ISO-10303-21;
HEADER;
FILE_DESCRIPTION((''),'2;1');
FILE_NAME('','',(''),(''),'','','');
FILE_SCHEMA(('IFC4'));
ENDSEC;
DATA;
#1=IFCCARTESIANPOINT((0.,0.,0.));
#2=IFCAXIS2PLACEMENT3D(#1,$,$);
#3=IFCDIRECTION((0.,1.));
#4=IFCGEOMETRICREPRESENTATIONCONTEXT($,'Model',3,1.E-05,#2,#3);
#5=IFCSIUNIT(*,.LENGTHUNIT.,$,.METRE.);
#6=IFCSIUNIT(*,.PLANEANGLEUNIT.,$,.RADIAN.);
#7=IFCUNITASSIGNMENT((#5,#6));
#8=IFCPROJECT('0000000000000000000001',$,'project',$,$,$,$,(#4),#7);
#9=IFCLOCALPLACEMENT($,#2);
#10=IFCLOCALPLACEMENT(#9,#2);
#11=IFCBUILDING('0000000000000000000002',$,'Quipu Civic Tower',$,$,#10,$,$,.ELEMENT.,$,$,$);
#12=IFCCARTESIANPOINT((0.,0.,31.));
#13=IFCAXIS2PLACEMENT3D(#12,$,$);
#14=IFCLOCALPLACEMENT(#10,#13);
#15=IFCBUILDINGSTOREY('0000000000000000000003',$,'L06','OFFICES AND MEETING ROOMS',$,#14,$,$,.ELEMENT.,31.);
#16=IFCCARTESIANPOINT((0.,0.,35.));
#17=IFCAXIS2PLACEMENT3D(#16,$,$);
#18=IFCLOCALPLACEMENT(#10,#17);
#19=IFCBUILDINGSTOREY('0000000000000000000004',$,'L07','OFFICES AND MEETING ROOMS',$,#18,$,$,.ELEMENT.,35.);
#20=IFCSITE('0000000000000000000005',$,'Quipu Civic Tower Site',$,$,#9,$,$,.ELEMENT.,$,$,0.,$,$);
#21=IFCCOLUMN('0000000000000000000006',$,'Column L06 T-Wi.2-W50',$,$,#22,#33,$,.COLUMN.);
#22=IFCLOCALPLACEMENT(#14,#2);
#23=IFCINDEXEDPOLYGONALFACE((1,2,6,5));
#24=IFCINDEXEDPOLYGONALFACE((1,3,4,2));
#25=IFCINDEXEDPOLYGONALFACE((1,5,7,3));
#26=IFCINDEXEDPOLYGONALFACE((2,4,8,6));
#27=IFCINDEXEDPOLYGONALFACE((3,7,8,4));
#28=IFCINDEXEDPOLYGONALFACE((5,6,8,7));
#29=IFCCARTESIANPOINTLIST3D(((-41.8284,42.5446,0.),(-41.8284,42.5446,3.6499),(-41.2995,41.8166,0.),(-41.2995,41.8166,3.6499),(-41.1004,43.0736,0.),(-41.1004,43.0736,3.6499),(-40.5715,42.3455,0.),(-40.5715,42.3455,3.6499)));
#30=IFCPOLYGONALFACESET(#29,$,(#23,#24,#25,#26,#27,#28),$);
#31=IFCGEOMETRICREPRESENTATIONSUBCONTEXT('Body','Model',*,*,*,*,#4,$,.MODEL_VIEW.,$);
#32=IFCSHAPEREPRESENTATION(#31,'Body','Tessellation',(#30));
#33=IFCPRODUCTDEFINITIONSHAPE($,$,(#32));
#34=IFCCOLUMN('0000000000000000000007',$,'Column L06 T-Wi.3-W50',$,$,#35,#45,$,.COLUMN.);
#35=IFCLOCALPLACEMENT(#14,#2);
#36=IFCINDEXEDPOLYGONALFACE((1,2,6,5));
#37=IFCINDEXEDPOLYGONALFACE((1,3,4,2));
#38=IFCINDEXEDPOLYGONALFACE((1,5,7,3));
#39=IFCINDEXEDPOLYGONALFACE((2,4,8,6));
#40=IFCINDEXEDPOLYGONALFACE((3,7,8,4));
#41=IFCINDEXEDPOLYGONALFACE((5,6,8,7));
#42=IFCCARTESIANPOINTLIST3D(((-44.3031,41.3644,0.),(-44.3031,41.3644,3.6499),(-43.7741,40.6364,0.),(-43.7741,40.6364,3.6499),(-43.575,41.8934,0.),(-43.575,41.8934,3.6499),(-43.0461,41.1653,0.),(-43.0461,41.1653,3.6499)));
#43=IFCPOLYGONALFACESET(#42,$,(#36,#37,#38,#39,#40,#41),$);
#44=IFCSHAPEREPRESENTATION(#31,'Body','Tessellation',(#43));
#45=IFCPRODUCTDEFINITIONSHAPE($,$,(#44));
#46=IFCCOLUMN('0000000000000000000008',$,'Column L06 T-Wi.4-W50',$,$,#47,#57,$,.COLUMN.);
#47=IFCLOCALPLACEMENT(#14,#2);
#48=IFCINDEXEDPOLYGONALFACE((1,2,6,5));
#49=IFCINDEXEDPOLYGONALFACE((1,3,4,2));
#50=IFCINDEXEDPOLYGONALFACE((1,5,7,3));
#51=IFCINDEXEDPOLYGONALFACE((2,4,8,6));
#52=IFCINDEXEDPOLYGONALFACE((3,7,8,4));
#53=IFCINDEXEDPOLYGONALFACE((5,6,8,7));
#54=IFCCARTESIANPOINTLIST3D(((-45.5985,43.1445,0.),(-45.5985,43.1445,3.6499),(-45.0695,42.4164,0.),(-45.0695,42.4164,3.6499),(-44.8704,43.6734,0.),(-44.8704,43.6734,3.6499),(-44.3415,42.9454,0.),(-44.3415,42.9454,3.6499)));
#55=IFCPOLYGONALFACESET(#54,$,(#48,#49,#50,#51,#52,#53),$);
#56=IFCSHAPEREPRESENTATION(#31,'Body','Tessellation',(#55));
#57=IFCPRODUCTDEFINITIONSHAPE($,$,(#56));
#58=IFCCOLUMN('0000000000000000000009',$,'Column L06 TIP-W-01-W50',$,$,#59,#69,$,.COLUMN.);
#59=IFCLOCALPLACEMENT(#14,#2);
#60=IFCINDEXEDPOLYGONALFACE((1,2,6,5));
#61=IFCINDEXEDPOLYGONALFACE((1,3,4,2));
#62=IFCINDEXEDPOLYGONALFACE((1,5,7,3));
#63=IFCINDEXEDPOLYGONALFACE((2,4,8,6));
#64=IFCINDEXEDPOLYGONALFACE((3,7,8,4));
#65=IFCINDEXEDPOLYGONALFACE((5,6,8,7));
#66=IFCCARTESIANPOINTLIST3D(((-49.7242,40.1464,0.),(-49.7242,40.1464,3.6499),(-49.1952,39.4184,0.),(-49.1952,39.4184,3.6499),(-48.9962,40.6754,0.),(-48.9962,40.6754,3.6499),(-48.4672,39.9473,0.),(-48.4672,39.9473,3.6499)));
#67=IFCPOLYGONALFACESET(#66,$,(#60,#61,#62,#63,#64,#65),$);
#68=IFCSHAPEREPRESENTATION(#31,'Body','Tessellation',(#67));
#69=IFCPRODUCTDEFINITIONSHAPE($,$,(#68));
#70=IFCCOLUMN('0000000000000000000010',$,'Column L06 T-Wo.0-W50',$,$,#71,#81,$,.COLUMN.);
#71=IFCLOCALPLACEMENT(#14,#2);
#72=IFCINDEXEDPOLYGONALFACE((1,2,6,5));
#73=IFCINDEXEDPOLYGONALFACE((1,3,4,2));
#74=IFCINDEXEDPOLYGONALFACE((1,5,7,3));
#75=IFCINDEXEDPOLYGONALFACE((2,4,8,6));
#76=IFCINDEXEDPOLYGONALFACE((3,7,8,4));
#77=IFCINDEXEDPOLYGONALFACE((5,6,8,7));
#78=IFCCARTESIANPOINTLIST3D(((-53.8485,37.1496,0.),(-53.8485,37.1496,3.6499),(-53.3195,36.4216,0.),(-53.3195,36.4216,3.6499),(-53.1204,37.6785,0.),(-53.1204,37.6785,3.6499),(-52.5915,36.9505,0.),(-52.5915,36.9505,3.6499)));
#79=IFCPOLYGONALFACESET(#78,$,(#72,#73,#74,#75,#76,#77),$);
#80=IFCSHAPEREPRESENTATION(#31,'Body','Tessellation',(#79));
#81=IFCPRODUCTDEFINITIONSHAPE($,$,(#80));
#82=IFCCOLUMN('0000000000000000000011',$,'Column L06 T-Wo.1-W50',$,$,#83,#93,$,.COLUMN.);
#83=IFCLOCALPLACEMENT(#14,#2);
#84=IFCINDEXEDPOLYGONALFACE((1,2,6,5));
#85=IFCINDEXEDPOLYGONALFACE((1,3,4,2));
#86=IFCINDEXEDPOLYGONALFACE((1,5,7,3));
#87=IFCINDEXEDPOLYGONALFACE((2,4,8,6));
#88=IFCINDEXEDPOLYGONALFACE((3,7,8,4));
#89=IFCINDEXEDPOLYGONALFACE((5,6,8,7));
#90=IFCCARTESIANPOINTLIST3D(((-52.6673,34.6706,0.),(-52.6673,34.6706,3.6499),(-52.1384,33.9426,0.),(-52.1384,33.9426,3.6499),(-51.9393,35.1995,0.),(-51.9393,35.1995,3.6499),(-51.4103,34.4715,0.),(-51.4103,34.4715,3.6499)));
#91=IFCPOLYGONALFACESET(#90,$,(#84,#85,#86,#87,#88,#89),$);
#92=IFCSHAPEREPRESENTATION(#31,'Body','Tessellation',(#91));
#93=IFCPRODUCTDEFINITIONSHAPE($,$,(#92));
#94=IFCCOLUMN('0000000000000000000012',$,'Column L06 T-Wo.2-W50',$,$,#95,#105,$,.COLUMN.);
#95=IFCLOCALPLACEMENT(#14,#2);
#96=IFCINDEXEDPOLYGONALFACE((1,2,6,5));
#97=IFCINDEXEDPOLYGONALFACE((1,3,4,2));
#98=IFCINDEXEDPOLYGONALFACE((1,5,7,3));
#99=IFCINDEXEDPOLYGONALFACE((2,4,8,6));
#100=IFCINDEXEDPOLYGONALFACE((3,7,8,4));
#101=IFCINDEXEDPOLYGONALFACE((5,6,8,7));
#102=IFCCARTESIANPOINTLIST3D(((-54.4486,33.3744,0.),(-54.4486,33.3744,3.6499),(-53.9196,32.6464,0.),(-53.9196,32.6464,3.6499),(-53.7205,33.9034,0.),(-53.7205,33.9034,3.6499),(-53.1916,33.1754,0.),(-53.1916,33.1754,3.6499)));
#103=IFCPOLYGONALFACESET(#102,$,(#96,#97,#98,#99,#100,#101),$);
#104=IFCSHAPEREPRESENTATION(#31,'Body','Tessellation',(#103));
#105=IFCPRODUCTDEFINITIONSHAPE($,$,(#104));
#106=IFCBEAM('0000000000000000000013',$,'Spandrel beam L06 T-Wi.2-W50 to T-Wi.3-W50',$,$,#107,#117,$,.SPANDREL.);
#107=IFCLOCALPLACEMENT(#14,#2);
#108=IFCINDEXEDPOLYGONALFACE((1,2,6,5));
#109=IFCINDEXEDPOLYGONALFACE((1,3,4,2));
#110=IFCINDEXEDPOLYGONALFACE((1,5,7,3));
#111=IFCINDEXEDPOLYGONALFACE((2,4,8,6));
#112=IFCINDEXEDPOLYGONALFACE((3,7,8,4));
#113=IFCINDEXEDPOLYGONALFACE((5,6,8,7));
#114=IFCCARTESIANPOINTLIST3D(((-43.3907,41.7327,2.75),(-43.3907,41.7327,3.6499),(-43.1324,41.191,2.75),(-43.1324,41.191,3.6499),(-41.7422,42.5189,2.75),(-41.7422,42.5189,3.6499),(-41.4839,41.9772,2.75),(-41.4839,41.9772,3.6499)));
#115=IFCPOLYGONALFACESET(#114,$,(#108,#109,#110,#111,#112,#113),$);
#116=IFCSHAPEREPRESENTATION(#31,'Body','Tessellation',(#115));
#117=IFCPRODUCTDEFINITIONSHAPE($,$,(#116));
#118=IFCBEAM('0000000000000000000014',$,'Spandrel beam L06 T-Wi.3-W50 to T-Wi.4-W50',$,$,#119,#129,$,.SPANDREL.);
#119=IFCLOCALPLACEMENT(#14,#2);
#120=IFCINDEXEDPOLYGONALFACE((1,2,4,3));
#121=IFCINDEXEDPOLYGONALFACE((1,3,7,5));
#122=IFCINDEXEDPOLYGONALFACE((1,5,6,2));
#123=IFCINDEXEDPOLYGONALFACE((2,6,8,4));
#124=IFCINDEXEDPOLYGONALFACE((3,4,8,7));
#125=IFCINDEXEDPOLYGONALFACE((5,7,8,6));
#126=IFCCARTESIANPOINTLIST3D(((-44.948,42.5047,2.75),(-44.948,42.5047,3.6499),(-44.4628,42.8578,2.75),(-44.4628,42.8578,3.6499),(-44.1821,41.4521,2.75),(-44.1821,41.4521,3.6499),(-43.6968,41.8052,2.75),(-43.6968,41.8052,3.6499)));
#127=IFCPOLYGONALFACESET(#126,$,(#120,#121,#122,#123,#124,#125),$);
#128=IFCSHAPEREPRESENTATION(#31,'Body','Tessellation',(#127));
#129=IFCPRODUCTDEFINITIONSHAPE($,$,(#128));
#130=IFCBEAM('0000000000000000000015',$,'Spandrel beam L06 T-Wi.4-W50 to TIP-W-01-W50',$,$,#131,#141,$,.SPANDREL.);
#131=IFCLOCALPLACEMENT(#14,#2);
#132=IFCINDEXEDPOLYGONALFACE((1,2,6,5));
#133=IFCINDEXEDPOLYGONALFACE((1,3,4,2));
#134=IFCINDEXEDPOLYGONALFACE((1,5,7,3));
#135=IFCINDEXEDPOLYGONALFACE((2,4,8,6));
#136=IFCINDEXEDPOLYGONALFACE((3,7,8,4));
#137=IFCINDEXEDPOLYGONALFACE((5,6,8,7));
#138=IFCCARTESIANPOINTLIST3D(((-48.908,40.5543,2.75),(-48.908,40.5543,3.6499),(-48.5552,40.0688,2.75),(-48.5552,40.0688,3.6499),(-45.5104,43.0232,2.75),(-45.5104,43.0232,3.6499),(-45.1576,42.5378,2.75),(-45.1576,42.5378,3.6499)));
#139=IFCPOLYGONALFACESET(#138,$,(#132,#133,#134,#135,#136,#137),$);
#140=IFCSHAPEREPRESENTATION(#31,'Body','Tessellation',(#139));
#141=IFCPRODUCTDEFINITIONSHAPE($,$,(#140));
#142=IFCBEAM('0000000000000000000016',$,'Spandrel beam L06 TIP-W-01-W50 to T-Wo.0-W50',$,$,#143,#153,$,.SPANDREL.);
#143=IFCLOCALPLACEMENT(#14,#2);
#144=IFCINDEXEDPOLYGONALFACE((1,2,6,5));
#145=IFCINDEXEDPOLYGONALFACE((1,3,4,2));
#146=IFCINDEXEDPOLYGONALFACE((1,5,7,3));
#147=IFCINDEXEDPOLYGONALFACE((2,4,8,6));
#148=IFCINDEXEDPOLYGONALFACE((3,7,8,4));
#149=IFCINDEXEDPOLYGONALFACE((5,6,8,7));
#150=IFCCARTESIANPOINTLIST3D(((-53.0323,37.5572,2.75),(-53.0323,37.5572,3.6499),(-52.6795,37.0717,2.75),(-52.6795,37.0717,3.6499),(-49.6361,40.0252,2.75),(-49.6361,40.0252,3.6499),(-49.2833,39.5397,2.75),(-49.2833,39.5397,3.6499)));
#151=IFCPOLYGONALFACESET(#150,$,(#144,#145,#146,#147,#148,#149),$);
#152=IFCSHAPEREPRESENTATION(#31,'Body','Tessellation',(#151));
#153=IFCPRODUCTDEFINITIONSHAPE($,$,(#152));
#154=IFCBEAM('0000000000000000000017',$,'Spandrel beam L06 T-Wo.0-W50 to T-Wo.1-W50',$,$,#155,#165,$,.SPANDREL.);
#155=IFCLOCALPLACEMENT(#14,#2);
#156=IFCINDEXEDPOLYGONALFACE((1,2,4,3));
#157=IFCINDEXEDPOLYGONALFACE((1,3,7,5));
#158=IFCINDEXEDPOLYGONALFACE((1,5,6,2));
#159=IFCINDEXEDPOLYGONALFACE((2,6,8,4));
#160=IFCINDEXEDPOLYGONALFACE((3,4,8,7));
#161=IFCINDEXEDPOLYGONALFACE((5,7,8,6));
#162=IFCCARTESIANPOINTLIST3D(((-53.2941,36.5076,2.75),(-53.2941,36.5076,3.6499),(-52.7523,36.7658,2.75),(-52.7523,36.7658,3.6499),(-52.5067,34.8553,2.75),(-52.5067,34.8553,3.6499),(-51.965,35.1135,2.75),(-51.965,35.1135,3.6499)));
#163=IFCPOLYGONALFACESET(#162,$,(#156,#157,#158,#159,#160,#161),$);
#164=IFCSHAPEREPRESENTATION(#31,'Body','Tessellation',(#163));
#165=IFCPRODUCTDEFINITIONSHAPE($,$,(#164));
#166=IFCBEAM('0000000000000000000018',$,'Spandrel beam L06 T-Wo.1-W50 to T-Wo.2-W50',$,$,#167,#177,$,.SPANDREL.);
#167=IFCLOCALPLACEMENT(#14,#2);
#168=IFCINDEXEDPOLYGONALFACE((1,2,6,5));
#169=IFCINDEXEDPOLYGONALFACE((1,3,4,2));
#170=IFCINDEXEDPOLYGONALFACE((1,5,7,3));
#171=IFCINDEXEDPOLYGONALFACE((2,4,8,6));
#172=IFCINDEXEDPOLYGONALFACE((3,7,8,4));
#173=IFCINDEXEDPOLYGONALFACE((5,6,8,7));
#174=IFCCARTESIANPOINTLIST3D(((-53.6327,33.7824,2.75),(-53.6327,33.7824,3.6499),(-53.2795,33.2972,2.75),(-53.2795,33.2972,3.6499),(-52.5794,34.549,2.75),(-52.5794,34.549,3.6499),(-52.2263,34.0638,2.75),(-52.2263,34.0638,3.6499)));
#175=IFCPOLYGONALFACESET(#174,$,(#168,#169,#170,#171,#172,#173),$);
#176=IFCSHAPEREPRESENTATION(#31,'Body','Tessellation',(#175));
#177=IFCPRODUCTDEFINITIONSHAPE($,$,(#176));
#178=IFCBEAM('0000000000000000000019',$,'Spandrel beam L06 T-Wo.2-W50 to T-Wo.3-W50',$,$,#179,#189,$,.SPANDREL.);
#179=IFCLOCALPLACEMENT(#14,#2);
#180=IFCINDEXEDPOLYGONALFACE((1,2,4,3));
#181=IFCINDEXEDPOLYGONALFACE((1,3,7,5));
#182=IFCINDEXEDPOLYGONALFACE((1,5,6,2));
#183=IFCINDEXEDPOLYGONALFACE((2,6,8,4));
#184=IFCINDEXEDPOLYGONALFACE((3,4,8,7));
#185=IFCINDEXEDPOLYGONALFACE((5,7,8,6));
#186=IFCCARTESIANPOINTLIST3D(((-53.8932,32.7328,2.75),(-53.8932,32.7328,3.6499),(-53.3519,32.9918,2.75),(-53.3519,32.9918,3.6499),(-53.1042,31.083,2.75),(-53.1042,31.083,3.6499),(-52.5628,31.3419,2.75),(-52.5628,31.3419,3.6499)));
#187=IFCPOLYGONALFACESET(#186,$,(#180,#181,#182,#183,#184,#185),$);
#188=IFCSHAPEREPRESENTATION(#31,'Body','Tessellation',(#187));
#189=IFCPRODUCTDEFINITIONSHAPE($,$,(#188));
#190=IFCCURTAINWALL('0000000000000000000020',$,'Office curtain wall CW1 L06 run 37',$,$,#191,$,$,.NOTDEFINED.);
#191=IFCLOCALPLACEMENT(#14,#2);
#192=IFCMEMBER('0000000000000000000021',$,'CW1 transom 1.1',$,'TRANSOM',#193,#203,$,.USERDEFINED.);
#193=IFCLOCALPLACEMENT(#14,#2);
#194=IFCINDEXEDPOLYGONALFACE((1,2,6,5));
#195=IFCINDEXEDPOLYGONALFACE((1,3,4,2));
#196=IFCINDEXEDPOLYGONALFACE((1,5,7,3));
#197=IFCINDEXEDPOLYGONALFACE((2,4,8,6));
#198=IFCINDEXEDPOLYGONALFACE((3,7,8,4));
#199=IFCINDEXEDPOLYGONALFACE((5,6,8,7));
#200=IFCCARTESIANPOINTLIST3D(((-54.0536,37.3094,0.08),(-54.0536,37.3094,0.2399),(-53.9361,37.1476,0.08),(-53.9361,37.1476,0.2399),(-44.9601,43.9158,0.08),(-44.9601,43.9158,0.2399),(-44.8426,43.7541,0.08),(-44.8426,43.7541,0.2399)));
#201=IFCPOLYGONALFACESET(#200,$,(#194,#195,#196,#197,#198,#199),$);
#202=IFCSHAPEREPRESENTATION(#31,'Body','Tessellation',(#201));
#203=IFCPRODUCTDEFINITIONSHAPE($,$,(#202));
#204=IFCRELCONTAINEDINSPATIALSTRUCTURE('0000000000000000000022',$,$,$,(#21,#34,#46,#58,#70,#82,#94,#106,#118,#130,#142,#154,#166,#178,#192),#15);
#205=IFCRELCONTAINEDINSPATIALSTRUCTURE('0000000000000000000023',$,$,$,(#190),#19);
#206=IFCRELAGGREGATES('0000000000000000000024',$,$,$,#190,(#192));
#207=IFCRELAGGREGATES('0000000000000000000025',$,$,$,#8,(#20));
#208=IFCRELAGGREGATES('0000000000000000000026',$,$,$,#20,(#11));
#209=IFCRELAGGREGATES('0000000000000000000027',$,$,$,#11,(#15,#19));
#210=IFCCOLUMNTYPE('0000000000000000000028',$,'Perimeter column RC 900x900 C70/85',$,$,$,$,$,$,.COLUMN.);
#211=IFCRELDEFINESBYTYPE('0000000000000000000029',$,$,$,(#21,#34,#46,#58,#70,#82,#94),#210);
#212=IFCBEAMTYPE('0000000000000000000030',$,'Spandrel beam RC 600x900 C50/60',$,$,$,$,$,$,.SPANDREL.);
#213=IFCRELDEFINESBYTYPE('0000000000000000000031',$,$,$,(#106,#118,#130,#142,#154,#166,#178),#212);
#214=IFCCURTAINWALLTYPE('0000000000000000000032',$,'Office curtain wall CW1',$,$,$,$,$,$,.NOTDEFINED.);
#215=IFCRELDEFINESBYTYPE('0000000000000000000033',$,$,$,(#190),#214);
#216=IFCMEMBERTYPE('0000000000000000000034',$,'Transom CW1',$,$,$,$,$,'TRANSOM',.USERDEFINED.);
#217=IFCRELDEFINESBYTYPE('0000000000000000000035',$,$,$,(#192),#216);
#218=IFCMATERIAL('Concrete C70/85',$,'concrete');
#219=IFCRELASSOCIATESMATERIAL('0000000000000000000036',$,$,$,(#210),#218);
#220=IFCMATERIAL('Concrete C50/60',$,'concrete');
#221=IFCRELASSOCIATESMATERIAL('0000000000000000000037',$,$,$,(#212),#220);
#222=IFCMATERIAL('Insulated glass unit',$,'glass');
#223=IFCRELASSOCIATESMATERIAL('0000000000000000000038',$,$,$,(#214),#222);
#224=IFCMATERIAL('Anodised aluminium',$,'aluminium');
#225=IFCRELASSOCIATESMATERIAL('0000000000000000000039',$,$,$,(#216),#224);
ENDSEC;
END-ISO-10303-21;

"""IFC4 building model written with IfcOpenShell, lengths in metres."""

from ifc_helpers import new_model, si_unit, direction, frame, origin, origin_2d, place, context, subcontext, project, spatial, rectangle, extrude, material, material_profile, profile_set, type_object, element, aggregate, save


model = new_model("IFC4")

# Units and contexts
model_context = context("Model", 3, precision=1e-05, world=origin(), true_north=direction((0.0, 1.0)))
body_context = subcontext(model_context, "Body", "Model", "MODEL_VIEW")
ifc_project = project(units=[si_unit("LENGTHUNIT", "METRE"), si_unit("PLANEANGLEUNIT", "RADIAN")], contexts=[model_context])

# Site, building, storey
site_placement = place(None, origin())
site = spatial("IfcSite", under=ifc_project, at=site_placement, Name="Quipu Civic Tower Site", CompositionType="ELEMENT", RefElevation=0.0)
building_placement = place(site_placement, origin())
building = spatial("IfcBuilding", under=site, at=building_placement, Name="Quipu Civic Tower", CompositionType="ELEMENT")
storey_1_placement = place(building_placement, frame((0.0, 0.0, 31.0)))
storey_1 = spatial("IfcBuildingStorey", under=building, at=storey_1_placement, Name="L06", Description="OFFICES AND MEETING ROOMS", CompositionType="ELEMENT", Elevation=31.0)

# Columns
ifc_material_1 = material(Name="Concrete C70/85", Category="concrete")
ifc_material_profile_1 = material_profile(ifc_material_1, rectangle(XDim=0.8999, YDim=0.8999, at=origin_2d()), Name="RC900x900")
ifc_profile_set_1 = profile_set([ifc_material_profile_1], Name="Concrete C70/85")
column_type = type_object("IfcColumnType", Name="Perimeter column RC 900x900 C70/85", PredefinedType="COLUMN", material=ifc_profile_set_1)
for number, where, z_axis, x_axis, name in (
    (1, (-41.2, 42.4451, 0.0), (0.0, 0.0, 1.0), (-0.587785, 0.809017, 0.0), "Column L06 T-Wi.2-W50"),
    (2, (-43.6746, 41.2649, 0.0), (0.0, 0.0, 1.0), (-0.809017, -0.587785, 0.0), "Column L06 T-Wi.3-W50"),
    (3, (-44.97, 43.0449, 0.0), (0.0, 0.0, 1.0), (-0.809017, -0.587785, 0.0), "Column L06 T-Wi.4-W50"),
    (4, (-49.0957, 40.0469, 0.0), (0.0, 0.0, 1.0), (-0.809017, -0.587785, 0.0), "Column L06 TIP-W-01-W50"),
    (5, (-53.22, 37.05, 0.0), (0.0, 0.0, 1.0), (0.587785, -0.809017, 0.0), "Column L06 T-Wo.0-W50"),
    (6, (-52.0388, 34.571, 0.0), (0.0, 0.0, 1.0), (-0.809017, -0.587785, 0.0), "Column L06 T-Wo.1-W50"),
    (7, (-53.8201, 33.2749, 0.0), (0.0, 0.0, 1.0), (0.587785, -0.809017, 0.0), "Column L06 T-Wo.2-W50"),
):
    element("IfcColumn", number, at=place(storey_1_placement, frame(where, z_axis=z_axis, x_axis=x_axis)), inside=storey_1, type_object=column_type, Name=name, PredefinedType="COLUMN", context=body_context, shape_type="SweptSolid", body=[
        extrude(rectangle(XDim=0.8999, YDim=0.8999, at=origin_2d()), origin(), (0.0, 0.0, 1.0), 3.6499),
    ])

# Beams
ifc_material_2 = material(Name="Concrete C50/60", Category="concrete")
ifc_material_profile_2 = material_profile(ifc_material_2, rectangle(XDim=0.6001, YDim=0.8999, at=origin_2d()), Name="RC600x900")
ifc_profile_set_2 = profile_set([ifc_material_profile_2], Name="Concrete C50/60")
beam_type = type_object("IfcBeamType", Name="Spandrel beam RC 600x900 C50/60", PredefinedType="SPANDREL", material=ifc_profile_set_2)
beam_1_placement = place(storey_1_placement, frame((-41.613, 42.248, 3.2), z_axis=(-0.902613, -0.430452, 0.0), x_axis=(0.430452, -0.902613, 0.0)))
element("IfcBeam", 8, at=beam_1_placement, inside=storey_1, type_object=beam_type, Name="Spandrel beam L06 T-Wi.2-W50 to T-Wi.3-W50", PredefinedType="SPANDREL", context=body_context, shape_type="SweptSolid", body=[
    extrude(rectangle(XDim=0.6001, YDim=0.8999, at=origin_2d()), origin(), (0.0, 0.0, 1.0), 1.8264),
])
beam_2_placement = place(storey_1_placement, frame((-43.9395, 41.6287, 3.2), z_axis=(-0.588384, 0.808582, 0.0), x_axis=(-0.808582, -0.588384, 0.0)))
element("IfcBeam", 9, at=beam_2_placement, inside=storey_1, type_object=beam_type, Name="Spandrel beam L06 T-Wi.3-W50 to T-Wi.4-W50", PredefinedType="SPANDREL", context=body_context, shape_type="SweptSolid", body=[
    extrude(rectangle(XDim=0.6001, YDim=0.8999, at=origin_2d()), origin(), (0.0, 0.0, 1.0), 1.3018),
])
beam_3_placement = place(storey_1_placement, frame((-45.334, 42.7805, 3.2), z_axis=(-0.80897, -0.58785, 0.0), x_axis=(0.58785, -0.80897, 0.0)))
element("IfcBeam", 10, at=beam_3_placement, inside=storey_1, type_object=beam_type, Name="Spandrel beam L06 T-Wi.4-W50 to TIP-W-01-W50", PredefinedType="SPANDREL", context=body_context, shape_type="SweptSolid", body=[
    extrude(rectangle(XDim=0.6001, YDim=0.8999, at=origin_2d()), origin(), (0.0, 0.0, 1.0), 4.2),
])
beam_4_placement = place(storey_1_placement, frame((-49.4597, 39.7825, 3.2), z_axis=(-0.80896, -0.587864, 0.0), x_axis=(0.587864, -0.80896, 0.0)))
element("IfcBeam", 11, at=beam_4_placement, inside=storey_1, type_object=beam_type, Name="Spandrel beam L06 TIP-W-01-W50 to T-Wo.0-W50", PredefinedType="SPANDREL", context=body_context, shape_type="SweptSolid", body=[
    extrude(rectangle(XDim=0.6001, YDim=0.8999, at=origin_2d()), origin(), (0.0, 0.0, 1.0), 4.1982),
])
beam_5_placement = place(storey_1_placement, frame((-53.0232, 36.6367, 3.2), z_axis=(0.430167, -0.90275, 0.0), x_axis=(0.90275, 0.430167, 0.0)))
element("IfcBeam", 12, at=beam_5_placement, inside=storey_1, type_object=beam_type, Name="Spandrel beam L06 T-Wo.0-W50 to T-Wo.1-W50", PredefinedType="SPANDREL", context=body_context, shape_type="SweptSolid", body=[
    extrude(rectangle(XDim=0.6001, YDim=0.8999, at=origin_2d()), origin(), (0.0, 0.0, 1.0), 1.8303),
])
beam_6_placement = place(storey_1_placement, frame((-52.4028, 34.3064, 3.2), z_axis=(-0.808509, -0.588484, 0.0), x_axis=(0.588484, -0.808509, 0.0)))
element("IfcBeam", 13, at=beam_6_placement, inside=storey_1, type_object=beam_type, Name="Spandrel beam L06 T-Wo.1-W50 to T-Wo.2-W50", PredefinedType="SPANDREL", context=body_context, shape_type="SweptSolid", body=[
    extrude(rectangle(XDim=0.6001, YDim=0.8999, at=origin_2d()), origin(), (0.0, 0.0, 1.0), 1.3027),
])
beam_7_placement = place(storey_1_placement, frame((-53.6226, 32.8623, 3.2), z_axis=(0.431446, -0.902139, 0.0), x_axis=(0.902139, 0.431446, 0.0)))
element("IfcBeam", 14, at=beam_7_placement, inside=storey_1, type_object=beam_type, Name="Spandrel beam L06 T-Wo.2-W50 to T-Wo.3-W50", PredefinedType="SPANDREL", context=body_context, shape_type="SweptSolid", body=[
    extrude(rectangle(XDim=0.6001, YDim=0.8999, at=origin_2d()), origin(), (0.0, 0.0, 1.0), 1.8289),
])

# Shared definitions
storey_2_placement = place(building_placement, frame((0.0, 0.0, 35.0)))
storey_2 = spatial("IfcBuildingStorey", under=building, at=storey_2_placement, Name="L07", Description="OFFICES AND MEETING ROOMS", CompositionType="ELEMENT", Elevation=35.0)

# Curtain wall, member
ifc_material_3 = material(Name="Insulated glass unit", Category="glass")
curtain_wall_type = type_object("IfcCurtainWallType", Name="Office curtain wall CW1", PredefinedType="NOTDEFINED", material=ifc_material_3)
curtain_wall_placement = place(storey_2_placement, origin())
curtain_wall = element("IfcCurtainWall", 15, at=curtain_wall_placement, inside=storey_2, type_object=curtain_wall_type, Name="Office curtain wall CW1 L06 run 37", PredefinedType="NOTDEFINED")
ifc_material_4 = material(Name="Anodised aluminium", Category="aluminium")
ifc_material_profile_3 = material_profile(ifc_material_4, rectangle(XDim=0.2, YDim=0.1599, at=origin_2d()), Name="RECT 200x160")
ifc_profile_set_3 = profile_set([ifc_material_profile_3], Name="Anodised aluminium")
member_type = type_object("IfcMemberType", Name="Transom CW1", ElementType="TRANSOM", PredefinedType="USERDEFINED", material=ifc_profile_set_3)
member_placement = place(storey_1_placement, frame((-44.9014, 43.835, 0.1599), z_axis=(-0.809033, -0.587764, 0.0), x_axis=(0.587764, -0.809033, 0.0)))
member = element("IfcMember", 16, at=member_placement, inside=storey_1, type_object=member_type, Name="CW1 transom 1.1", ObjectType="TRANSOM", PredefinedType="USERDEFINED", context=body_context, shape_type="SweptSolid", body=[
    extrude(rectangle(XDim=0.2, YDim=0.1599, at=origin_2d()), origin(), (0.0, 0.0, 1.0), 11.24),
])
aggregate(curtain_wall, [member])

save(model, "model.ifc")
